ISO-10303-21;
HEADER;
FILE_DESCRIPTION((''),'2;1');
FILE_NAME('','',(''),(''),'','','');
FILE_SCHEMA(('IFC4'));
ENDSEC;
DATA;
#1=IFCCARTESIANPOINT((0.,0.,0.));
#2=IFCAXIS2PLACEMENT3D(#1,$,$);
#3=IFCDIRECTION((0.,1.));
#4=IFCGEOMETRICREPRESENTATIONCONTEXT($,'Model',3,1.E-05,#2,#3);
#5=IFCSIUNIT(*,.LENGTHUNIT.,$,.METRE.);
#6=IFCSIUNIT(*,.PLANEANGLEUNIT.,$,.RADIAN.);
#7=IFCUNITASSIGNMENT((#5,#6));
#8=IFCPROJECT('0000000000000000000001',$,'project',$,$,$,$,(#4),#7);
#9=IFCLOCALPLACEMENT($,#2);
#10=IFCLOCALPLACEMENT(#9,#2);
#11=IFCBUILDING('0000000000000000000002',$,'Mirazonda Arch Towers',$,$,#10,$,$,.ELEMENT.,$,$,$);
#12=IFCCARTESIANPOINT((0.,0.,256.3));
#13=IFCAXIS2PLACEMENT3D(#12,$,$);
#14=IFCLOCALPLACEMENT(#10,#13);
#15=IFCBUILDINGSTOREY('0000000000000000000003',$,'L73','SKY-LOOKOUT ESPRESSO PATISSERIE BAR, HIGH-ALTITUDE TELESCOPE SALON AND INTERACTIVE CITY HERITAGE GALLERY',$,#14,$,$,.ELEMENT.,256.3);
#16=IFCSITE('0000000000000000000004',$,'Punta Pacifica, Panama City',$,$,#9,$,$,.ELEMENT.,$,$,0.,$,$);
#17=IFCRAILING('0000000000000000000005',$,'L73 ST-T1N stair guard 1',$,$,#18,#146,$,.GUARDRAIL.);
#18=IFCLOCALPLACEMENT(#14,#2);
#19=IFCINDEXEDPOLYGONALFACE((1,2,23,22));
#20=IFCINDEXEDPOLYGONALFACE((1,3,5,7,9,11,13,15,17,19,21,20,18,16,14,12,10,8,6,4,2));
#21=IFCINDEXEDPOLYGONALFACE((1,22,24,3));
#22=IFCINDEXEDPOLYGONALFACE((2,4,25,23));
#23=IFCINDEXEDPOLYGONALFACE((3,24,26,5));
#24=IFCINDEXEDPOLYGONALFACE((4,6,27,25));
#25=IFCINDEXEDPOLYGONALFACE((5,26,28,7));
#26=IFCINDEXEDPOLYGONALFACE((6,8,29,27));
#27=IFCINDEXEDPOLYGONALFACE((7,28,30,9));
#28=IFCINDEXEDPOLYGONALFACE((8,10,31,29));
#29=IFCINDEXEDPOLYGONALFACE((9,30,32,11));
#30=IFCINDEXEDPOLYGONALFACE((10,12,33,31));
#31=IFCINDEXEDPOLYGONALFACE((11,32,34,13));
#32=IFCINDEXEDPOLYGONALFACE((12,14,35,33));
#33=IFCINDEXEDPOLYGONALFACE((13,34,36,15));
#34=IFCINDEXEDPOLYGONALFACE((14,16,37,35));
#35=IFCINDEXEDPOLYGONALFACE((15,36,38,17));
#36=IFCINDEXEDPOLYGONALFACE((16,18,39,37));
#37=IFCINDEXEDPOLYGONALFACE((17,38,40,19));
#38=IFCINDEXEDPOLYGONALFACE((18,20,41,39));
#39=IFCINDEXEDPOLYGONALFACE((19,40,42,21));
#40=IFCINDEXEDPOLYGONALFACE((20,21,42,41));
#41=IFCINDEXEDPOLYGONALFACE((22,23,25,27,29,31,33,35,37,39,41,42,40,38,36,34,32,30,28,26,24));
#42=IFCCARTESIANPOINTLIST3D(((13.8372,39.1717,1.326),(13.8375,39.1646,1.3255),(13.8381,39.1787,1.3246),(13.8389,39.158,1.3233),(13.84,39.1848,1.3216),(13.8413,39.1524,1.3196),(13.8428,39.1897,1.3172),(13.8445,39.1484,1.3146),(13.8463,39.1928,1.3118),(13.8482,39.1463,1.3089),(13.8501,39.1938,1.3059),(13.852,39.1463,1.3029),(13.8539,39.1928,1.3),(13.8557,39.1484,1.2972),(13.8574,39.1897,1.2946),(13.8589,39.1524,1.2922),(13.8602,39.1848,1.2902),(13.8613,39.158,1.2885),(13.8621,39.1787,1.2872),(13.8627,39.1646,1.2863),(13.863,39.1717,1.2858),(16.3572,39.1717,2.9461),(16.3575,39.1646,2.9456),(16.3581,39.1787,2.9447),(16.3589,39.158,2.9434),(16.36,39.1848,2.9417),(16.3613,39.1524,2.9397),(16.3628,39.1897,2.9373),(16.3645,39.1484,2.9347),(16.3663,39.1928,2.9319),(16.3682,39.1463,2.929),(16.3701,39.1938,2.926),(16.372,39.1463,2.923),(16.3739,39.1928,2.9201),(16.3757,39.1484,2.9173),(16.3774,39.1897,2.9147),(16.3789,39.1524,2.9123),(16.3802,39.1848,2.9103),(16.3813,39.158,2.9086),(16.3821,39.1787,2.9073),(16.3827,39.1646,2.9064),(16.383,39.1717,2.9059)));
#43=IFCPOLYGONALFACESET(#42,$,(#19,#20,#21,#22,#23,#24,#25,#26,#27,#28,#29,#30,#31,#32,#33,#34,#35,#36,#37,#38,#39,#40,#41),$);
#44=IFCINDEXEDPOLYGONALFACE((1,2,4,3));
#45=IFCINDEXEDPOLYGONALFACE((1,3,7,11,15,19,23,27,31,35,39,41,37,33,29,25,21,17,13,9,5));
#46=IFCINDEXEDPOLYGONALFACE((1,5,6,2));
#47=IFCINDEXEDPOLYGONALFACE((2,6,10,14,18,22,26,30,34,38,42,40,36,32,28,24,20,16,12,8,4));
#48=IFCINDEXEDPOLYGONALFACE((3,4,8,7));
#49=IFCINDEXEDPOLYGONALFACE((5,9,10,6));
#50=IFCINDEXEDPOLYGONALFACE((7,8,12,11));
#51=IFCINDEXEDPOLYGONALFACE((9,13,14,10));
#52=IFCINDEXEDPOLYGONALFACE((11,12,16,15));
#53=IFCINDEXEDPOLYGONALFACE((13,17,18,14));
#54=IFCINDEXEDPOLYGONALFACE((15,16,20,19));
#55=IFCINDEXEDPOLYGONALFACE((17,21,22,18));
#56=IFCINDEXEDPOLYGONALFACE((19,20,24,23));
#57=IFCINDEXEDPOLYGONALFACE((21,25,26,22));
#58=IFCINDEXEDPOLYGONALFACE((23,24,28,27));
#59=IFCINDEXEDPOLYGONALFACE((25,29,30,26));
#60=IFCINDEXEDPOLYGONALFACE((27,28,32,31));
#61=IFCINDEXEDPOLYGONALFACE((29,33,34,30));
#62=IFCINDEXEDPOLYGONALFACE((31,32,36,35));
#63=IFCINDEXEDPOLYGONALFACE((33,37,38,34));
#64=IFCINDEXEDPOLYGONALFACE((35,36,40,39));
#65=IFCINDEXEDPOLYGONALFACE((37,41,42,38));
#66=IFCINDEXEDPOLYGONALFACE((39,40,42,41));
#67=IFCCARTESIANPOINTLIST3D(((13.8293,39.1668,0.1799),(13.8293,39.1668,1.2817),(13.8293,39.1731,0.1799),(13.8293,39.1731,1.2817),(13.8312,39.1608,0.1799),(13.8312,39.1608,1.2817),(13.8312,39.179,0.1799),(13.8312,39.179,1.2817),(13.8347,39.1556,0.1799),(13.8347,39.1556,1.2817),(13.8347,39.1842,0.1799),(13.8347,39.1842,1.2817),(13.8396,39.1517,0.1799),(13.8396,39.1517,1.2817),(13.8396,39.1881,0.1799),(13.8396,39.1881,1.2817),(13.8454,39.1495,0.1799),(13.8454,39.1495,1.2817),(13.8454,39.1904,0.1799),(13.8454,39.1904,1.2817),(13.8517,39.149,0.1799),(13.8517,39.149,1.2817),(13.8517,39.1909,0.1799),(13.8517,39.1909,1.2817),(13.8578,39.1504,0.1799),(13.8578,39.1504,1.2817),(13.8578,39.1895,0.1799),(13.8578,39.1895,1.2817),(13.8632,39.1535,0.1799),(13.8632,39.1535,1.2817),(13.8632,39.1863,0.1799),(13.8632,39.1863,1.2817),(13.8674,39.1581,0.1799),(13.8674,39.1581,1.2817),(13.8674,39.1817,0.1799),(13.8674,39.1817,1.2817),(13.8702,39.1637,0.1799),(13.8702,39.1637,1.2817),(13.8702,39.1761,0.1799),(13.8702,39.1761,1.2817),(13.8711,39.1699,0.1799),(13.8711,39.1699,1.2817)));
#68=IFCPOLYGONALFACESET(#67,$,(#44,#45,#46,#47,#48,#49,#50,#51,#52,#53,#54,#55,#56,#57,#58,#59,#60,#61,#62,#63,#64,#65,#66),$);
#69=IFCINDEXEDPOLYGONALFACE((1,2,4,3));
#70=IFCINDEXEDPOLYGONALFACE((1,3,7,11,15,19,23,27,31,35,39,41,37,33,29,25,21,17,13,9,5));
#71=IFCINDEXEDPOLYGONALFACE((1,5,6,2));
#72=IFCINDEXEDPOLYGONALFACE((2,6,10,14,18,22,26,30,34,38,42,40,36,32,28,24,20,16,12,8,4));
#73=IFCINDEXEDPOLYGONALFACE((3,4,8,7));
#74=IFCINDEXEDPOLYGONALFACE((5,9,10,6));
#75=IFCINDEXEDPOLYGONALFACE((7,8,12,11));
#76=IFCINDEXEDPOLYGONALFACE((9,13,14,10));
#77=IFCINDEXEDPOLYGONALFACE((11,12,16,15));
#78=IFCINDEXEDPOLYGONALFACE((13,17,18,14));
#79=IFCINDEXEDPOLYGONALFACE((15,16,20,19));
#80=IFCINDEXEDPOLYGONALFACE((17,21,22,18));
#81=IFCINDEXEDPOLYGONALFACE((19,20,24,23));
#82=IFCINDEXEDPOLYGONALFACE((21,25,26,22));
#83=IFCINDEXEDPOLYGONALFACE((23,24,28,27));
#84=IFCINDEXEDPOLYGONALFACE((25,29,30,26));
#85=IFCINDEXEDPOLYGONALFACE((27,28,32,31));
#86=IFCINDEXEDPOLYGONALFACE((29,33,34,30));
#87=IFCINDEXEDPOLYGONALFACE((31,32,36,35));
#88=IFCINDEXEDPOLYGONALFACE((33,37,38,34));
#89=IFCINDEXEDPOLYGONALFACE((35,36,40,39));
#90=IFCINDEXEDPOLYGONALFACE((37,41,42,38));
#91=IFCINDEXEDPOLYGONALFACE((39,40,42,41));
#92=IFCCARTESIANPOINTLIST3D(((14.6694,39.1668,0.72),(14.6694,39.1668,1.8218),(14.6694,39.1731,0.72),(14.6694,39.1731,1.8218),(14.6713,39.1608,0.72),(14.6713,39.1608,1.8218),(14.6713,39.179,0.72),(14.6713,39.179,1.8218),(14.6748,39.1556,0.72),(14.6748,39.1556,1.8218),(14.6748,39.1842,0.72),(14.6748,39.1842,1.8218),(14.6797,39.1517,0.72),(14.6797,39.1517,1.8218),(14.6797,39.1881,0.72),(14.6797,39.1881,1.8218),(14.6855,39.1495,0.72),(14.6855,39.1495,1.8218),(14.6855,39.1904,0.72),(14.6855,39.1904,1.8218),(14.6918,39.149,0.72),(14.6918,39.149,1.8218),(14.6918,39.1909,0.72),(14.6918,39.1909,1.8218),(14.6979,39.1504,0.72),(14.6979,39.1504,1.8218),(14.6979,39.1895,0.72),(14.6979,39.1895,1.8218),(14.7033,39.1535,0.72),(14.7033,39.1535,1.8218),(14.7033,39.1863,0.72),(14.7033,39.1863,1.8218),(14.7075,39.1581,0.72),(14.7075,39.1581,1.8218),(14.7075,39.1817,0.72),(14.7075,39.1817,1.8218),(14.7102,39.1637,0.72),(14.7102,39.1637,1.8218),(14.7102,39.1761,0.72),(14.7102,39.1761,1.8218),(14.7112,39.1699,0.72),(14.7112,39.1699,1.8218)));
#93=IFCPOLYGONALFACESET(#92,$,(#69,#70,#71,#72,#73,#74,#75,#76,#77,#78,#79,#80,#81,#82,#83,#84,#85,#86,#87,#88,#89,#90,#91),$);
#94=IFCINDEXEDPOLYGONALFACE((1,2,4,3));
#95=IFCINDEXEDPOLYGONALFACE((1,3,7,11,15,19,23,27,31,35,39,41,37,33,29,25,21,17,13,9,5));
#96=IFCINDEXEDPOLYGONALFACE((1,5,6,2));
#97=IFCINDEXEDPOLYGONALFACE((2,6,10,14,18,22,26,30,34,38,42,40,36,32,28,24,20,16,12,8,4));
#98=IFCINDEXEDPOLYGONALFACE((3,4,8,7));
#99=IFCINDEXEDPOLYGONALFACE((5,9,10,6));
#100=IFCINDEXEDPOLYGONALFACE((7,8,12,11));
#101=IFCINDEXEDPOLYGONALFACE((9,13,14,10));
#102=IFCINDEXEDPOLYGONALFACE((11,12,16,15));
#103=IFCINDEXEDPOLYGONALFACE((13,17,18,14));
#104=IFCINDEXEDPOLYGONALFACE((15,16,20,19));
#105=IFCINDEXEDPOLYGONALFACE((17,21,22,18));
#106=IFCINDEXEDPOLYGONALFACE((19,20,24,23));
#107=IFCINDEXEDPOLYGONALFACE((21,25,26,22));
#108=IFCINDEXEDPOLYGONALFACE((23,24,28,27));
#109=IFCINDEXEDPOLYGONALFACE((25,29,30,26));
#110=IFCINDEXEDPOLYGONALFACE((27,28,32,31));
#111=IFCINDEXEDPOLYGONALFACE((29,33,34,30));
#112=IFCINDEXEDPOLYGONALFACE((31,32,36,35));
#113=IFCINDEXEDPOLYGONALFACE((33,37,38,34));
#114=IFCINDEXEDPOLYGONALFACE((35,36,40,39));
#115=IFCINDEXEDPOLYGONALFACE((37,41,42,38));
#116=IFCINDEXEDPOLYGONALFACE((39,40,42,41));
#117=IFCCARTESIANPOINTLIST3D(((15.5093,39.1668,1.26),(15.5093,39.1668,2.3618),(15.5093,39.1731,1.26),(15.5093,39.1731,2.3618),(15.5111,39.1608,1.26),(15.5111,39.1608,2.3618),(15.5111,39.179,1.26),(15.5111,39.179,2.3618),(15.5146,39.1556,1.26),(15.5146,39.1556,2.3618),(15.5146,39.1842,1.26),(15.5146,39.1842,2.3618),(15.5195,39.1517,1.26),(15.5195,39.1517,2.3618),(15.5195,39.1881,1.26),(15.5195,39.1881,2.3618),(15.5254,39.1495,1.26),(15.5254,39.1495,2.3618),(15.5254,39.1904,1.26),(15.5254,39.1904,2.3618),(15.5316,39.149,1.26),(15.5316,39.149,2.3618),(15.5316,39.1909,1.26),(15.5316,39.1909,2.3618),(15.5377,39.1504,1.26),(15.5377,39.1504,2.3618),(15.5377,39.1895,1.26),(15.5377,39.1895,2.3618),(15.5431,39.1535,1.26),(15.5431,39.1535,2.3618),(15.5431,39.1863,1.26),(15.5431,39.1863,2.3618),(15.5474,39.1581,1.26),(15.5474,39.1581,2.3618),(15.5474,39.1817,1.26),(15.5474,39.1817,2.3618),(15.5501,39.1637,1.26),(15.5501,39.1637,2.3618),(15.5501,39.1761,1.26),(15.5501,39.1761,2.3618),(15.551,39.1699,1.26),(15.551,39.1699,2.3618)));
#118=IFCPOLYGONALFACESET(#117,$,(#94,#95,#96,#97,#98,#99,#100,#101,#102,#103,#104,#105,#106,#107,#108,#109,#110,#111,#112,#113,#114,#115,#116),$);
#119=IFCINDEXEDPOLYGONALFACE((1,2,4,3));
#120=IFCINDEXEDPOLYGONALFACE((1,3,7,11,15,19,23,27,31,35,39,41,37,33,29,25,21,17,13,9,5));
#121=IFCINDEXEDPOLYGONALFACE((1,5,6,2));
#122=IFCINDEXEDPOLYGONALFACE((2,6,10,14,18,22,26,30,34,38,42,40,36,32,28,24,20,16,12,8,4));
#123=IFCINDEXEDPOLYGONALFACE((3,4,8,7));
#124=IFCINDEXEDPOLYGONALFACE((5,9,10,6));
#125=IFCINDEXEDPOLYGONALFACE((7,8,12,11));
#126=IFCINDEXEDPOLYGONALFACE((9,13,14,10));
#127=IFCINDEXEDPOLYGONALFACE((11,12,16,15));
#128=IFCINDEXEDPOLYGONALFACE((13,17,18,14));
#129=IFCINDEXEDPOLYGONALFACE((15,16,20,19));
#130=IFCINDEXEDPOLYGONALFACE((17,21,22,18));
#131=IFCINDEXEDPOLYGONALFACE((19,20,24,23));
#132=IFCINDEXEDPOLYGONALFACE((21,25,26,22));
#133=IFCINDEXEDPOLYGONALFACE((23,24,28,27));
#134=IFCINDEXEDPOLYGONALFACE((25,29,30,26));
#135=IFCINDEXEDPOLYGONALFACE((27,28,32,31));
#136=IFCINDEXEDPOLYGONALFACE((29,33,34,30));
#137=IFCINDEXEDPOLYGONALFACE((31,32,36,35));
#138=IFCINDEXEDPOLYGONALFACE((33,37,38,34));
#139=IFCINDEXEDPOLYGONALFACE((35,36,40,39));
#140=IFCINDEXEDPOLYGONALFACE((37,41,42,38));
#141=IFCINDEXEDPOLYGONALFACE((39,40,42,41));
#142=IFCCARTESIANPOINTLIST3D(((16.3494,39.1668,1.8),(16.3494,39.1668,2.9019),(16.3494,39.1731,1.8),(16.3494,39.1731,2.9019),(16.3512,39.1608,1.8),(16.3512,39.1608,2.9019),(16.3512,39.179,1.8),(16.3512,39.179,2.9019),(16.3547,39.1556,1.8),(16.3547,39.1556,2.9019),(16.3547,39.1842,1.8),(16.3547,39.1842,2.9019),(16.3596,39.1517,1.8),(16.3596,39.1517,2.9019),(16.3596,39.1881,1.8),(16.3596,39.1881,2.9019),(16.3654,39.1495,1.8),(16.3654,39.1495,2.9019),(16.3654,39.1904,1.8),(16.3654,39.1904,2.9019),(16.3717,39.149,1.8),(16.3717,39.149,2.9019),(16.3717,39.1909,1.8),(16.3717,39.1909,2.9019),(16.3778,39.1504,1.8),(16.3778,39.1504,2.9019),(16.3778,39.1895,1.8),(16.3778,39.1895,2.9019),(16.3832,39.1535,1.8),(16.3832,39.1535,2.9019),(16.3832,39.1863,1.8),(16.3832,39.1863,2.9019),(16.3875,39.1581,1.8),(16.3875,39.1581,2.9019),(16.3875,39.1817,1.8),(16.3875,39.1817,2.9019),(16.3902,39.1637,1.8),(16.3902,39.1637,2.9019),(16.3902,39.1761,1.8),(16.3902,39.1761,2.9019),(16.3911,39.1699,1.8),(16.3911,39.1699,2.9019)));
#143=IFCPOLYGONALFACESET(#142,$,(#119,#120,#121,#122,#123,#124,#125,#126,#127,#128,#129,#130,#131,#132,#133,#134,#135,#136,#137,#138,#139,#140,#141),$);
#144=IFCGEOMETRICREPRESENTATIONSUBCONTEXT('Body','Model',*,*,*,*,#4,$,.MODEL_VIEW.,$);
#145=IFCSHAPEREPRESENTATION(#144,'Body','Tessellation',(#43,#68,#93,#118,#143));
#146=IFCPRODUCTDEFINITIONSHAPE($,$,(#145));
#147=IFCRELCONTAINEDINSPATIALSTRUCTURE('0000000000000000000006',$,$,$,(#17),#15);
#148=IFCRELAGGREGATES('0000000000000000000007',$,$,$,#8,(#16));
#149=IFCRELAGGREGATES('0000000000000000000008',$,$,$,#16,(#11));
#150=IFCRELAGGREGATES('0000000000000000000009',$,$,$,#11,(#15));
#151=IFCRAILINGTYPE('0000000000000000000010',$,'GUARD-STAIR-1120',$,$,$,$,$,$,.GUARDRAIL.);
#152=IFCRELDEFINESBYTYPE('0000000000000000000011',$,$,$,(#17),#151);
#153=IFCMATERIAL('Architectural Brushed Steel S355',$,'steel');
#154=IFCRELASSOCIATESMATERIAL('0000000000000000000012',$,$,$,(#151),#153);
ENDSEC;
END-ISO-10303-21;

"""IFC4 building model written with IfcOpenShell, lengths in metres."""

from ifc_helpers import new_model, si_unit, direction, frame, origin, origin_2d, place, context, subcontext, project, spatial, circle, extrude, material, type_object, element, save


model = new_model("IFC4")

# Units and contexts
model_context = context("Model", 3, precision=1e-05, world=origin(), true_north=direction((0.0, 1.0)))
body_context = subcontext(model_context, "Body", "Model", "MODEL_VIEW")
ifc_project = project(units=[si_unit("LENGTHUNIT", "METRE"), si_unit("PLANEANGLEUNIT", "RADIAN")], contexts=[model_context])

# Site, building, storey
site_placement = place(None, origin())
site = spatial("IfcSite", under=ifc_project, at=site_placement, Name="Punta Pacifica, Panama City", CompositionType="ELEMENT", RefElevation=0.0)
building_placement = place(site_placement, origin())
building = spatial("IfcBuilding", under=site, at=building_placement, Name="Mirazonda Arch Towers", CompositionType="ELEMENT")
storey_placement = place(building_placement, frame((0.0, 0.0, 256.3)))
storey = spatial("IfcBuildingStorey", under=building, at=storey_placement, Name="L73", Description="SKY-LOOKOUT ESPRESSO PATISSERIE BAR, HIGH-ALTITUDE TELESCOPE SALON AND INTERACTIVE CITY HERITAGE GALLERY", CompositionType="ELEMENT", Elevation=256.3)

# Shared definitions
ifc_material_1 = material(Name="Architectural Brushed Steel S355", Category="steel")

# Railing
railing_type_1 = type_object("IfcRailingType", Name="GUARD-STAIR-1120", PredefinedType="GUARDRAIL", material=ifc_material_1)
railing_1_placement = place(storey_placement, frame((13.8501, 39.1699, 0.1799)))
element("IfcRailing", 1, at=railing_1_placement, inside=storey, type_object=railing_type_1, Name="L73 ST-T1N stair guard 1", PredefinedType="GUARDRAIL", context=body_context, shape_type="SweptSolid", body=[
    extrude(circle(Radius=0.0239, at=origin_2d()), frame((0.0, 0.0, 1.126), z_axis=(0.841163, 0.0, 0.540782), x_axis=(0.0, 1.0, 0.0)), (0.0, 0.0, 1.0), 2.9958),
    extrude(circle(Radius=0.021, at=origin_2d()), origin(), (0.0, 0.0, 1.0), 1.1018),
    extrude(circle(Radius=0.021, at=origin_2d()), frame((0.8401, 0.0, 0.54)), (0.0, 0.0, 1.0), 1.1018),
    extrude(circle(Radius=0.021, at=origin_2d()), frame((1.6799, 0.0, 1.0801)), (0.0, 0.0, 1.0), 1.1018),
    extrude(circle(Radius=0.021, at=origin_2d()), frame((2.52, 0.0, 1.6201)), (0.0, 0.0, 1.0), 1.1018),
])

save(model, "model.ifc")
